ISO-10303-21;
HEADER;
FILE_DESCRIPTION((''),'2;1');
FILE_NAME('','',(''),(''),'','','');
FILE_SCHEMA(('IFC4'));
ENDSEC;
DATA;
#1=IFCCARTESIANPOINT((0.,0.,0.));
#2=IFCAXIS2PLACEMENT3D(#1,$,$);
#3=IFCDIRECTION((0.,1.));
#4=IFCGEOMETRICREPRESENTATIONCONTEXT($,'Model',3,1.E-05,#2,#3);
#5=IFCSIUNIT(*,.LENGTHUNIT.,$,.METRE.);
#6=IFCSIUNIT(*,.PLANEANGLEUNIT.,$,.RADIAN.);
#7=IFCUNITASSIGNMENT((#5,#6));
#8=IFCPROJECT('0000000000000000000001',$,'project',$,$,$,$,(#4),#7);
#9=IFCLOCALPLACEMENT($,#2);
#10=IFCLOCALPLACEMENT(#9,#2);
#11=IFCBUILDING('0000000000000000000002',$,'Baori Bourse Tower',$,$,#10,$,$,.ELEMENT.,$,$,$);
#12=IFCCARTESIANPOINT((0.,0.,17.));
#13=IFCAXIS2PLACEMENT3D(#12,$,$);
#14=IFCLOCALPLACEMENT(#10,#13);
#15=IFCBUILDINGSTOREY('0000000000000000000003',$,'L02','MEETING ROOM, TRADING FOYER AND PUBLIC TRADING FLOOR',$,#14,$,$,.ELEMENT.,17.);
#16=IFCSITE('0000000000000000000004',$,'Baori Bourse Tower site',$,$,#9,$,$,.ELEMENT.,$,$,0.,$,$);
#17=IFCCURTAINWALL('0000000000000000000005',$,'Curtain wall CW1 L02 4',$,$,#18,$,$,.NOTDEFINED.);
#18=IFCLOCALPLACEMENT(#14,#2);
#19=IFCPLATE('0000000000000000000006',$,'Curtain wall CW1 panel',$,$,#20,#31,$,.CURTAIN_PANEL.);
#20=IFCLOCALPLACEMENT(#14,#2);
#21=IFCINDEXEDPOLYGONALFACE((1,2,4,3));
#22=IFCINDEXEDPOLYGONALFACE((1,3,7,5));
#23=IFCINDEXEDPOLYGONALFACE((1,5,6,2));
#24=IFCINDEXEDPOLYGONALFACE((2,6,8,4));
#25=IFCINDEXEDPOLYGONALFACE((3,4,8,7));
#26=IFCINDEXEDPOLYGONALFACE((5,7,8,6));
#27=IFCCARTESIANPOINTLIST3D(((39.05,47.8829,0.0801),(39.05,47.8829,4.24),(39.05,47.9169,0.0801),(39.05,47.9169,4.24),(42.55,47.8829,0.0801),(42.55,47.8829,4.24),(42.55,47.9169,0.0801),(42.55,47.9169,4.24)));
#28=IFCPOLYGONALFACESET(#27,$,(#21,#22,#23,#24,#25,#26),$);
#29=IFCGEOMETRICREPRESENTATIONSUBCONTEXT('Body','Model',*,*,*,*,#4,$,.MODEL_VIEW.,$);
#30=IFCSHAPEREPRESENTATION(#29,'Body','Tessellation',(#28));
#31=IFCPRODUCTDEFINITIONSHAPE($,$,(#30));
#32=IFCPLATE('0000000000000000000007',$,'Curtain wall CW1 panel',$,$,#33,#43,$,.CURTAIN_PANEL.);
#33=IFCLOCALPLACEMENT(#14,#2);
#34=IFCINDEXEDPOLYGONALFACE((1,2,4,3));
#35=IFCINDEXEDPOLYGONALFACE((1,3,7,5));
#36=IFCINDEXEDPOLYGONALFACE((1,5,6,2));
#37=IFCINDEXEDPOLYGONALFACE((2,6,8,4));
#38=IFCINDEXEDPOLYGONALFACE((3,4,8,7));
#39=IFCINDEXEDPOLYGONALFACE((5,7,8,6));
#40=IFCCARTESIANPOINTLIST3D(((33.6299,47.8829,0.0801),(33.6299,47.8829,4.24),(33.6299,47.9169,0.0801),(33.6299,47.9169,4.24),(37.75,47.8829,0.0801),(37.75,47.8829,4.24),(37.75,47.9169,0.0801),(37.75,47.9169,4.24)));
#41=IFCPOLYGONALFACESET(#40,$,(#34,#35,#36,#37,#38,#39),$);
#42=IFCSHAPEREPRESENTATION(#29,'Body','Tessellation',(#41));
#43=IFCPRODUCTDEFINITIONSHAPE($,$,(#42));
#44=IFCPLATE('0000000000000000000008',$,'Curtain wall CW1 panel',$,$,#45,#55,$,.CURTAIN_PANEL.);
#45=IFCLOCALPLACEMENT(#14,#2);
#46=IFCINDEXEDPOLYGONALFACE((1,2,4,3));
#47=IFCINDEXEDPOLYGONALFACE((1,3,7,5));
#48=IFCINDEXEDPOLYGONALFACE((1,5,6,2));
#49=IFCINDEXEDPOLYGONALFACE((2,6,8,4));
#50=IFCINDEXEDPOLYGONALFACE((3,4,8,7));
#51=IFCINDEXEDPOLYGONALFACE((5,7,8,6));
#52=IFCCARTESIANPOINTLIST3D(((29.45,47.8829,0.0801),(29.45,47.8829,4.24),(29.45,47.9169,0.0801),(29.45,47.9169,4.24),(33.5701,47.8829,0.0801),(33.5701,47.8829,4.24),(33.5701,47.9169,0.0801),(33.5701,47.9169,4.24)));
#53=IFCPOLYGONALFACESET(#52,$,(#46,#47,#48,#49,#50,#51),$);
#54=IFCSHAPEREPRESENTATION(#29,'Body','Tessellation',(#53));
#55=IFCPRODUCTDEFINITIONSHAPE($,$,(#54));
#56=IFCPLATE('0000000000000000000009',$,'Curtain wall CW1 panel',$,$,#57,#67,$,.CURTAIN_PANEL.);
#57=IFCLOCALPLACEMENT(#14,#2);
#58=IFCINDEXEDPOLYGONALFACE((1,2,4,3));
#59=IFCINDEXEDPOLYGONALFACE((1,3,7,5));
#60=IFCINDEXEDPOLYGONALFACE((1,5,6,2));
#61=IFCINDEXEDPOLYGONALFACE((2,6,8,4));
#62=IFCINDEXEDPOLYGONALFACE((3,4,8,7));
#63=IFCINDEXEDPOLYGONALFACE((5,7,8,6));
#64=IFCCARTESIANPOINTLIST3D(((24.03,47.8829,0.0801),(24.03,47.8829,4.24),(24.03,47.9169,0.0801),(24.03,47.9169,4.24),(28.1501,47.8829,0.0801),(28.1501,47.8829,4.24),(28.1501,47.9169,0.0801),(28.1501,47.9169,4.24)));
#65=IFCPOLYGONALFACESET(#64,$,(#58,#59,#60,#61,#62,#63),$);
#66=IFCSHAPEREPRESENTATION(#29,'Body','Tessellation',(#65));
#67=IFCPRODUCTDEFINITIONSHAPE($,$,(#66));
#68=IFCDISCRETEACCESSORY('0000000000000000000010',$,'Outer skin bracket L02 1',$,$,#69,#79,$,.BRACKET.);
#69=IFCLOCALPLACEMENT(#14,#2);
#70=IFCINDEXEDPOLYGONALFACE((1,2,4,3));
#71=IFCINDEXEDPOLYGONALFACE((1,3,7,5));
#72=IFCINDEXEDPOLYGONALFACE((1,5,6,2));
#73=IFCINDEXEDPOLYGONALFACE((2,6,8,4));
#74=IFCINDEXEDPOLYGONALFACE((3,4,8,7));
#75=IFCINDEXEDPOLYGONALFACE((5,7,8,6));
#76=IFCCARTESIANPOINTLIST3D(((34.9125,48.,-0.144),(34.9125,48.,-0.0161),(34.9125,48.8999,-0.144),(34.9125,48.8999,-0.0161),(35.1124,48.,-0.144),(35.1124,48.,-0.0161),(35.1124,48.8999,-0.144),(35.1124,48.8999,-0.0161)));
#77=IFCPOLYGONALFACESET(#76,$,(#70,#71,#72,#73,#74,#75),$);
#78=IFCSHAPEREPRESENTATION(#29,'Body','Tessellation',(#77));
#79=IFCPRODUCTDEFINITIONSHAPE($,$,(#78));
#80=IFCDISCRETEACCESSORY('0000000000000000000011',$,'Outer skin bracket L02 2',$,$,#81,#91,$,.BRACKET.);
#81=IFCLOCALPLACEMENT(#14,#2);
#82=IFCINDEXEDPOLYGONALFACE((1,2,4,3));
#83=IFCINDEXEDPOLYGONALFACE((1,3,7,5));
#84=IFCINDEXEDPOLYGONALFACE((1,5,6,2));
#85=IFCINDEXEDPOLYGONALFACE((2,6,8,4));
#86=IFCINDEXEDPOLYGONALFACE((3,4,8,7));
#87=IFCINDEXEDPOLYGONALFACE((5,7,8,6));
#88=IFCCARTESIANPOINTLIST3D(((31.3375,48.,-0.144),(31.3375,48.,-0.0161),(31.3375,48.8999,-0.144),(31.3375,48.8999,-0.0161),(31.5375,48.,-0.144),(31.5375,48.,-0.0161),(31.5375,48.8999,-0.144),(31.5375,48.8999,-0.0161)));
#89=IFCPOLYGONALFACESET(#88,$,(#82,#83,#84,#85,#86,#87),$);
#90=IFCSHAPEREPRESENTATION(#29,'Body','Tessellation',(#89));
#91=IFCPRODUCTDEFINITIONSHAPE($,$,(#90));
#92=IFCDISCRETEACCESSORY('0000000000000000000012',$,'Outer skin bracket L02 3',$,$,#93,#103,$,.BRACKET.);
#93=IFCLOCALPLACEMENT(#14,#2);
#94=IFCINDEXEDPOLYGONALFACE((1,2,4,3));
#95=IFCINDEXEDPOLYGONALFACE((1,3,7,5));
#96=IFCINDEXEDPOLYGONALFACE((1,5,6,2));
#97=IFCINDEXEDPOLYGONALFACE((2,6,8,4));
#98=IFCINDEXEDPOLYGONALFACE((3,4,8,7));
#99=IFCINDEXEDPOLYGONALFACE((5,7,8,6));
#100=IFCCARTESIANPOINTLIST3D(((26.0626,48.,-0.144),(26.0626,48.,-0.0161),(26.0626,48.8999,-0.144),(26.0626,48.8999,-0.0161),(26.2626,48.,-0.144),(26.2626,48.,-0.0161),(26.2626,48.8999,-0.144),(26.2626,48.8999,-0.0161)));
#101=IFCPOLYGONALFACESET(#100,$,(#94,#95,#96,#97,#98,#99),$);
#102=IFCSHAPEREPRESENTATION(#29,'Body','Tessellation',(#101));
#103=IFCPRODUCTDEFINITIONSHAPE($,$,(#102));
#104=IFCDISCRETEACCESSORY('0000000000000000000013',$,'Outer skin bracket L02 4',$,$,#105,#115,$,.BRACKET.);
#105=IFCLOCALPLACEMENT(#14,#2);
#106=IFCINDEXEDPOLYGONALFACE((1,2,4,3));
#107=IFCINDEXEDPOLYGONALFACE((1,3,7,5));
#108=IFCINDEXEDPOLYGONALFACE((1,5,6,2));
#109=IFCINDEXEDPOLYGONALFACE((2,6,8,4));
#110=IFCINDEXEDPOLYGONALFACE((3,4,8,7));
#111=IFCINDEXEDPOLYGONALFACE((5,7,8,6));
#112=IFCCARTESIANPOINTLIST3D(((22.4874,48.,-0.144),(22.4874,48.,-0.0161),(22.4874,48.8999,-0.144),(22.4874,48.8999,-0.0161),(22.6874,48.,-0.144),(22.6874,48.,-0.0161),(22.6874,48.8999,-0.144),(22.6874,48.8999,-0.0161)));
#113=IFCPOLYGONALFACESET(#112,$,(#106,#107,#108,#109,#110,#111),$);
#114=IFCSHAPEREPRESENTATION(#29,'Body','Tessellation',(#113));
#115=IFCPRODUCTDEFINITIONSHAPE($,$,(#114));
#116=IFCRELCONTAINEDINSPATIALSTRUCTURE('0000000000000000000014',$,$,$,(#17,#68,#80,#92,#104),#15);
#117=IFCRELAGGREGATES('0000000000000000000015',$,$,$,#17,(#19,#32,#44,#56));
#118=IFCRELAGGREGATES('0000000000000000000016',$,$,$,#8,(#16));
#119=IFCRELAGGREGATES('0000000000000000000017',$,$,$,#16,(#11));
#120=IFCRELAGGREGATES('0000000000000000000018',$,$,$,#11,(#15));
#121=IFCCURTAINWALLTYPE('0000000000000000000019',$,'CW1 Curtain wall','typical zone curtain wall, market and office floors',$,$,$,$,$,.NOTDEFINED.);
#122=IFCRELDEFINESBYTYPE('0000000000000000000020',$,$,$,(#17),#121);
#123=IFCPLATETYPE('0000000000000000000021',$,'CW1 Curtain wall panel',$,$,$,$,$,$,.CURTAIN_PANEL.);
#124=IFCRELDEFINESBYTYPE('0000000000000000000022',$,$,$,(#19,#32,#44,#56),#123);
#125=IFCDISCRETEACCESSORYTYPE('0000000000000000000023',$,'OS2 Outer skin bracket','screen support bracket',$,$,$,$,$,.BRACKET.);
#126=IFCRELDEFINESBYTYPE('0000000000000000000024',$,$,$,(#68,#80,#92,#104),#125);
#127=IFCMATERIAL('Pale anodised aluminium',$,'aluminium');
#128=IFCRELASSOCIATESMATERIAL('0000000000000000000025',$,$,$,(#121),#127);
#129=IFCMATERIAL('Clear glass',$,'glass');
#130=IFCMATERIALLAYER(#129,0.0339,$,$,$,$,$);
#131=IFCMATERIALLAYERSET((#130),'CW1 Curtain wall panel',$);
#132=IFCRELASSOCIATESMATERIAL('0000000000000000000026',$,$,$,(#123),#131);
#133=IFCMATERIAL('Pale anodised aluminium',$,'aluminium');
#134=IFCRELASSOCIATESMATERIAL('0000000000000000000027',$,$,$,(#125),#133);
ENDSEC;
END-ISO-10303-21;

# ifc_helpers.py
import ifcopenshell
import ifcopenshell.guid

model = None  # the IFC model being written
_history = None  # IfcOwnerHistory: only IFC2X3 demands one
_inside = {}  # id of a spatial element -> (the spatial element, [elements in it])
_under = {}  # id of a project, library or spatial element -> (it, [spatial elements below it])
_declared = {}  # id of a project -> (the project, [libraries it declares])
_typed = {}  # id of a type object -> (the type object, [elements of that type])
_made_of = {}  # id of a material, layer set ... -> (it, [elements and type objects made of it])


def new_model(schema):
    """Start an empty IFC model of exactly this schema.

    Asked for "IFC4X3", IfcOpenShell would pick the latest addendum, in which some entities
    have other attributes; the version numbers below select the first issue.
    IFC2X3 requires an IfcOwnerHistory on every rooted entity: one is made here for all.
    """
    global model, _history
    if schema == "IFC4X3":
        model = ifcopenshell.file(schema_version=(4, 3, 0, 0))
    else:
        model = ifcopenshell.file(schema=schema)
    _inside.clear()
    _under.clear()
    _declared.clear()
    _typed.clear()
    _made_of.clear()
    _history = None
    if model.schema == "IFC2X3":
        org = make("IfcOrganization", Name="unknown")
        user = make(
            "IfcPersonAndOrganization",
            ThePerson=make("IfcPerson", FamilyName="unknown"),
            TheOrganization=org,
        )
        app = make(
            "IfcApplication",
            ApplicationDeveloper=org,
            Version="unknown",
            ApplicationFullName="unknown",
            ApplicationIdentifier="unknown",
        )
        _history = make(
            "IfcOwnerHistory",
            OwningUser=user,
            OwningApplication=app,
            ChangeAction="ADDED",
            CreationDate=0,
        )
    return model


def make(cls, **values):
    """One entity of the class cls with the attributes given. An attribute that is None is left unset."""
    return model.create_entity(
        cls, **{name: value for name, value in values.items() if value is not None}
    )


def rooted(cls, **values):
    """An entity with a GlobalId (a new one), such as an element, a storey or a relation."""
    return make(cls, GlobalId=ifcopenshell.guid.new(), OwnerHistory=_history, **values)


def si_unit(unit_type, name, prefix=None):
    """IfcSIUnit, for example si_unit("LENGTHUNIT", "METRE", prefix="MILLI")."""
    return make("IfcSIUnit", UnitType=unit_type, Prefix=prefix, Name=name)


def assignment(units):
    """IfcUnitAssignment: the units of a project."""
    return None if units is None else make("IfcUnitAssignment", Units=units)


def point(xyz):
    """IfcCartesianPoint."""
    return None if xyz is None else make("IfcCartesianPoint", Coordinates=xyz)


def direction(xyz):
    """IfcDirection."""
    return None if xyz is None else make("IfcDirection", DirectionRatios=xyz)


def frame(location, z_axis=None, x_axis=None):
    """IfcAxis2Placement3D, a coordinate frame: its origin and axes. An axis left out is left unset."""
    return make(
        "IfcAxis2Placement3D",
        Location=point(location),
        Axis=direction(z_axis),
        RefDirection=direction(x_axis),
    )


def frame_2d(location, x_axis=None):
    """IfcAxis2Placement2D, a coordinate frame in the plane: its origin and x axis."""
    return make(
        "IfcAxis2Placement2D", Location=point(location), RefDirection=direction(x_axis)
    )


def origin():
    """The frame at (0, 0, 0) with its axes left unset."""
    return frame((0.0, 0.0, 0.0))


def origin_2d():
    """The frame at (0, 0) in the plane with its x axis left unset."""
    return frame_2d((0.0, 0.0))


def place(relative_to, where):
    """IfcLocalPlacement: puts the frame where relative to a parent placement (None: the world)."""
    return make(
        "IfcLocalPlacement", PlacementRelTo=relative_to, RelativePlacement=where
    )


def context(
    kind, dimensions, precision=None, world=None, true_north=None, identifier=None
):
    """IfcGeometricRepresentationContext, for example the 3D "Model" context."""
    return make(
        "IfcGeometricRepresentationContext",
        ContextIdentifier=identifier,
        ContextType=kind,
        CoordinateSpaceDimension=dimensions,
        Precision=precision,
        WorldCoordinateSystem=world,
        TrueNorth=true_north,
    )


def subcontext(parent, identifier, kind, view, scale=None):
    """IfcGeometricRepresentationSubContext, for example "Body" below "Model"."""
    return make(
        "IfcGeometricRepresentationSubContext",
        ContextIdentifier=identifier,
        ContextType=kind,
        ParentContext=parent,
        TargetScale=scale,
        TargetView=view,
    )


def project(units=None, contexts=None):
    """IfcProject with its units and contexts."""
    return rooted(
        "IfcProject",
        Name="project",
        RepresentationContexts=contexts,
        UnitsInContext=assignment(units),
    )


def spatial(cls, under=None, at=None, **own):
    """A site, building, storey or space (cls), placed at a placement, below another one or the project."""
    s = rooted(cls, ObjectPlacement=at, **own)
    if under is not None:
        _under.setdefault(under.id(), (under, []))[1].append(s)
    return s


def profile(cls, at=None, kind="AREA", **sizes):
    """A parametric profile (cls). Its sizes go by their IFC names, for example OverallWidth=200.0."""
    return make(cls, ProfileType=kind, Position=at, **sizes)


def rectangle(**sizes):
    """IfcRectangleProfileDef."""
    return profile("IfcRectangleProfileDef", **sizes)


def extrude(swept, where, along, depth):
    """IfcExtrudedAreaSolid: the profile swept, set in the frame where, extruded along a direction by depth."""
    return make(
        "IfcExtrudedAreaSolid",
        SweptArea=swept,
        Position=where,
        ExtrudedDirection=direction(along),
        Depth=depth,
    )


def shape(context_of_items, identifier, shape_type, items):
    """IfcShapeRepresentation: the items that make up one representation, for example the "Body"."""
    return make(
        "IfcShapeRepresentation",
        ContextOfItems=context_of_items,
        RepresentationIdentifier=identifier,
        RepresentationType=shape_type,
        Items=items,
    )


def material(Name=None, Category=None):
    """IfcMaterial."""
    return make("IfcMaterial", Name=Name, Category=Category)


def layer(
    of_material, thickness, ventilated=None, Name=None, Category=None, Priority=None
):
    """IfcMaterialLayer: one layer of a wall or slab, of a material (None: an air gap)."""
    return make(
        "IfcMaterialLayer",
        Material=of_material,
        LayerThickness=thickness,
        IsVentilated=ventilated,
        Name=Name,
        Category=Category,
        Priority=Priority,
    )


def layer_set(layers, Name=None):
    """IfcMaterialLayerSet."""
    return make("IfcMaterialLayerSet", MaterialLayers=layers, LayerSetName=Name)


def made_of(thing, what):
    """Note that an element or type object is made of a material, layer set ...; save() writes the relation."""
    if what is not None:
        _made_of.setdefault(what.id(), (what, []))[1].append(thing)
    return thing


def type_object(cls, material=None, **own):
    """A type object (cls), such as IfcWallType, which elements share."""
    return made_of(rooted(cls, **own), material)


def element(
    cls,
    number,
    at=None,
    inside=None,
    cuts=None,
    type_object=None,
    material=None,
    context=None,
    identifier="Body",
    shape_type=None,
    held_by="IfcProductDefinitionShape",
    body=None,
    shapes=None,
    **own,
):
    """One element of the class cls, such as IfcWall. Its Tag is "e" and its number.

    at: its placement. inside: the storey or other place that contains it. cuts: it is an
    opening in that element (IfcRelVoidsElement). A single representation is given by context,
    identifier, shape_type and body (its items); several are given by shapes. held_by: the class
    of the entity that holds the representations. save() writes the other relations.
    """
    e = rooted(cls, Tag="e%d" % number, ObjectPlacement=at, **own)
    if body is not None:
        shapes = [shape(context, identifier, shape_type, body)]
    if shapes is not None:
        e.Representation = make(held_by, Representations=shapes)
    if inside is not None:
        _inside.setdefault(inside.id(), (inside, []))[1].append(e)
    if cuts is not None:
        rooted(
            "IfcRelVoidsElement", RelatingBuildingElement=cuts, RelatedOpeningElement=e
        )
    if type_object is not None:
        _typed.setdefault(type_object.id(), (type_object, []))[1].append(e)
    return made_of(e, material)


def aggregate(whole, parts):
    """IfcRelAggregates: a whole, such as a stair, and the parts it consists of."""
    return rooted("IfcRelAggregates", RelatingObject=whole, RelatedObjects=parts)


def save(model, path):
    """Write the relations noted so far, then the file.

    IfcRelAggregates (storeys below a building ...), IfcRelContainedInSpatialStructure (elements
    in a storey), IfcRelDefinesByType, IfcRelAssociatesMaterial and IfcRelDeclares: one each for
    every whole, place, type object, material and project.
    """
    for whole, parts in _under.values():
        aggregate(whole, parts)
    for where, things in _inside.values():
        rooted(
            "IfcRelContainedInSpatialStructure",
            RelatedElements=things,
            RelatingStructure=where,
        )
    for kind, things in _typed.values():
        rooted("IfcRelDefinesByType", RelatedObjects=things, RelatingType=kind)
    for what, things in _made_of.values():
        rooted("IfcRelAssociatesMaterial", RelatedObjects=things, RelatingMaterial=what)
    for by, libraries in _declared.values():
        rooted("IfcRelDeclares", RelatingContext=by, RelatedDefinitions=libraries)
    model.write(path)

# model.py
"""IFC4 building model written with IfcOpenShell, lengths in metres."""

from ifc_helpers import new_model, si_unit, direction, frame, origin, origin_2d, place, context, subcontext, project, spatial, rectangle, extrude, material, layer, layer_set, type_object, element, aggregate, save


model = new_model("IFC4")

# Units and contexts
model_context = context("Model", 3, precision=1e-05, world=origin(), true_north=direction((0.0, 1.0)))
body_context = subcontext(model_context, "Body", "Model", "MODEL_VIEW")
ifc_project = project(units=[si_unit("LENGTHUNIT", "METRE"), si_unit("PLANEANGLEUNIT", "RADIAN")], contexts=[model_context])

# Site, building, storey
site_placement = place(None, origin())
site = spatial("IfcSite", under=ifc_project, at=site_placement, Name="Baori Bourse Tower site", CompositionType="ELEMENT", RefElevation=0.0)
building_placement = place(site_placement, origin())
building = spatial("IfcBuilding", under=site, at=building_placement, Name="Baori Bourse Tower", CompositionType="ELEMENT")
storey_placement = place(building_placement, frame((0.0, 0.0, 17.0)))
storey = spatial("IfcBuildingStorey", under=building, at=storey_placement, Name="L02", Description="MEETING ROOM, TRADING FOYER AND PUBLIC TRADING FLOOR", CompositionType="ELEMENT", Elevation=17.0)

# Curtain wall
ifc_material_1 = material(Name="Pale anodised aluminium", Category="aluminium")
curtain_wall_type = type_object("IfcCurtainWallType", Name="CW1 Curtain wall", Description="typical zone curtain wall, market and office floors", PredefinedType="NOTDEFINED", material=ifc_material_1)
curtain_wall_placement = place(storey_placement, origin())
curtain_wall = element("IfcCurtainWall", 1, at=curtain_wall_placement, inside=storey, type_object=curtain_wall_type, Name="Curtain wall CW1 L02 4", PredefinedType="NOTDEFINED")

# Plates
ifc_material_2 = material(Name="Clear glass", Category="glass")
ifc_layer = layer(ifc_material_2, 0.0339)
ifc_layer_set = layer_set([ifc_layer], Name="CW1 Curtain wall panel")
plate_type = type_object("IfcPlateType", Name="CW1 Curtain wall panel", PredefinedType="CURTAIN_PANEL", material=ifc_layer_set)
plate_1_placement = place(storey_placement, frame((40.8, 47.8999, 0.0801), z_axis=(0.0, 0.0, 1.0), x_axis=(-1.0, 0.0, 0.0)))
plate_1 = element("IfcPlate", 2, at=plate_1_placement, type_object=plate_type, Name="Curtain wall CW1 panel", PredefinedType="CURTAIN_PANEL", context=body_context, shape_type="SweptSolid", body=[
    extrude(rectangle(XDim=3.5, YDim=0.0339, at=origin_2d()), origin(), (0.0, 0.0, 1.0), 4.1599),
])
plate_2_placement = place(storey_placement, frame((35.6899, 47.8999, 0.0801), z_axis=(0.0, 0.0, 1.0), x_axis=(-1.0, 0.0, 0.0)))
plate_2 = element("IfcPlate", 3, at=plate_2_placement, type_object=plate_type, Name="Curtain wall CW1 panel", PredefinedType="CURTAIN_PANEL", context=body_context, shape_type="SweptSolid", body=[
    extrude(rectangle(XDim=4.1201, YDim=0.0339, at=origin_2d()), origin(), (0.0, 0.0, 1.0), 4.1599),
])
plate_3_placement = place(storey_placement, frame((31.51, 47.8999, 0.0801), z_axis=(0.0, 0.0, 1.0), x_axis=(-1.0, 0.0, 0.0)))
plate_3 = element("IfcPlate", 4, at=plate_3_placement, type_object=plate_type, Name="Curtain wall CW1 panel", PredefinedType="CURTAIN_PANEL", context=body_context, shape_type="SweptSolid", body=[
    extrude(rectangle(XDim=4.1201, YDim=0.0339, at=origin_2d()), origin(), (0.0, 0.0, 1.0), 4.1599),
])
plate_4_placement = place(storey_placement, frame((26.0901, 47.8999, 0.0801), z_axis=(0.0, 0.0, 1.0), x_axis=(-1.0, 0.0, 0.0)))
plate_4 = element("IfcPlate", 5, at=plate_4_placement, type_object=plate_type, Name="Curtain wall CW1 panel", PredefinedType="CURTAIN_PANEL", context=body_context, shape_type="SweptSolid", body=[
    extrude(rectangle(XDim=4.1201, YDim=0.0339, at=origin_2d()), origin(), (0.0, 0.0, 1.0), 4.1599),
])
aggregate(curtain_wall, [plate_1, plate_2, plate_3, plate_4])

# Discrete accessories
ifc_material_3 = material(Name="Pale anodised aluminium", Category="aluminium")
discrete_accessory_type = type_object("IfcDiscreteAccessoryType", Name="OS2 Outer skin bracket", Description="screen support bracket", PredefinedType="BRACKET", material=ifc_material_3)
for number, where, z_axis, x_axis, name in (
    (6, (35.0125, 48.45, -0.144), (0.0, 0.0, 1.0), (-1.0, 0.0, 0.0), "Outer skin bracket L02 1"),
    (7, (31.4375, 48.45, -0.144), (0.0, 0.0, 1.0), (-1.0, 0.0, 0.0), "Outer skin bracket L02 2"),
    (8, (26.1626, 48.45, -0.144), (0.0, 0.0, 1.0), (-1.0, 0.0, 0.0), "Outer skin bracket L02 3"),
    (9, (22.5874, 48.45, -0.144), (0.0, 0.0, 1.0), (-1.0, 0.0, 0.0), "Outer skin bracket L02 4"),
):
    element("IfcDiscreteAccessory", number, at=place(storey_placement, frame(where, z_axis=z_axis, x_axis=x_axis)), inside=storey, type_object=discrete_accessory_type, Name=name, PredefinedType="BRACKET", context=body_context, shape_type="SweptSolid", body=[
        extrude(rectangle(XDim=0.2, YDim=0.8999, at=origin_2d()), origin(), (0.0, 0.0, 1.0), 0.1279),
    ])

save(model, "model.ifc")
